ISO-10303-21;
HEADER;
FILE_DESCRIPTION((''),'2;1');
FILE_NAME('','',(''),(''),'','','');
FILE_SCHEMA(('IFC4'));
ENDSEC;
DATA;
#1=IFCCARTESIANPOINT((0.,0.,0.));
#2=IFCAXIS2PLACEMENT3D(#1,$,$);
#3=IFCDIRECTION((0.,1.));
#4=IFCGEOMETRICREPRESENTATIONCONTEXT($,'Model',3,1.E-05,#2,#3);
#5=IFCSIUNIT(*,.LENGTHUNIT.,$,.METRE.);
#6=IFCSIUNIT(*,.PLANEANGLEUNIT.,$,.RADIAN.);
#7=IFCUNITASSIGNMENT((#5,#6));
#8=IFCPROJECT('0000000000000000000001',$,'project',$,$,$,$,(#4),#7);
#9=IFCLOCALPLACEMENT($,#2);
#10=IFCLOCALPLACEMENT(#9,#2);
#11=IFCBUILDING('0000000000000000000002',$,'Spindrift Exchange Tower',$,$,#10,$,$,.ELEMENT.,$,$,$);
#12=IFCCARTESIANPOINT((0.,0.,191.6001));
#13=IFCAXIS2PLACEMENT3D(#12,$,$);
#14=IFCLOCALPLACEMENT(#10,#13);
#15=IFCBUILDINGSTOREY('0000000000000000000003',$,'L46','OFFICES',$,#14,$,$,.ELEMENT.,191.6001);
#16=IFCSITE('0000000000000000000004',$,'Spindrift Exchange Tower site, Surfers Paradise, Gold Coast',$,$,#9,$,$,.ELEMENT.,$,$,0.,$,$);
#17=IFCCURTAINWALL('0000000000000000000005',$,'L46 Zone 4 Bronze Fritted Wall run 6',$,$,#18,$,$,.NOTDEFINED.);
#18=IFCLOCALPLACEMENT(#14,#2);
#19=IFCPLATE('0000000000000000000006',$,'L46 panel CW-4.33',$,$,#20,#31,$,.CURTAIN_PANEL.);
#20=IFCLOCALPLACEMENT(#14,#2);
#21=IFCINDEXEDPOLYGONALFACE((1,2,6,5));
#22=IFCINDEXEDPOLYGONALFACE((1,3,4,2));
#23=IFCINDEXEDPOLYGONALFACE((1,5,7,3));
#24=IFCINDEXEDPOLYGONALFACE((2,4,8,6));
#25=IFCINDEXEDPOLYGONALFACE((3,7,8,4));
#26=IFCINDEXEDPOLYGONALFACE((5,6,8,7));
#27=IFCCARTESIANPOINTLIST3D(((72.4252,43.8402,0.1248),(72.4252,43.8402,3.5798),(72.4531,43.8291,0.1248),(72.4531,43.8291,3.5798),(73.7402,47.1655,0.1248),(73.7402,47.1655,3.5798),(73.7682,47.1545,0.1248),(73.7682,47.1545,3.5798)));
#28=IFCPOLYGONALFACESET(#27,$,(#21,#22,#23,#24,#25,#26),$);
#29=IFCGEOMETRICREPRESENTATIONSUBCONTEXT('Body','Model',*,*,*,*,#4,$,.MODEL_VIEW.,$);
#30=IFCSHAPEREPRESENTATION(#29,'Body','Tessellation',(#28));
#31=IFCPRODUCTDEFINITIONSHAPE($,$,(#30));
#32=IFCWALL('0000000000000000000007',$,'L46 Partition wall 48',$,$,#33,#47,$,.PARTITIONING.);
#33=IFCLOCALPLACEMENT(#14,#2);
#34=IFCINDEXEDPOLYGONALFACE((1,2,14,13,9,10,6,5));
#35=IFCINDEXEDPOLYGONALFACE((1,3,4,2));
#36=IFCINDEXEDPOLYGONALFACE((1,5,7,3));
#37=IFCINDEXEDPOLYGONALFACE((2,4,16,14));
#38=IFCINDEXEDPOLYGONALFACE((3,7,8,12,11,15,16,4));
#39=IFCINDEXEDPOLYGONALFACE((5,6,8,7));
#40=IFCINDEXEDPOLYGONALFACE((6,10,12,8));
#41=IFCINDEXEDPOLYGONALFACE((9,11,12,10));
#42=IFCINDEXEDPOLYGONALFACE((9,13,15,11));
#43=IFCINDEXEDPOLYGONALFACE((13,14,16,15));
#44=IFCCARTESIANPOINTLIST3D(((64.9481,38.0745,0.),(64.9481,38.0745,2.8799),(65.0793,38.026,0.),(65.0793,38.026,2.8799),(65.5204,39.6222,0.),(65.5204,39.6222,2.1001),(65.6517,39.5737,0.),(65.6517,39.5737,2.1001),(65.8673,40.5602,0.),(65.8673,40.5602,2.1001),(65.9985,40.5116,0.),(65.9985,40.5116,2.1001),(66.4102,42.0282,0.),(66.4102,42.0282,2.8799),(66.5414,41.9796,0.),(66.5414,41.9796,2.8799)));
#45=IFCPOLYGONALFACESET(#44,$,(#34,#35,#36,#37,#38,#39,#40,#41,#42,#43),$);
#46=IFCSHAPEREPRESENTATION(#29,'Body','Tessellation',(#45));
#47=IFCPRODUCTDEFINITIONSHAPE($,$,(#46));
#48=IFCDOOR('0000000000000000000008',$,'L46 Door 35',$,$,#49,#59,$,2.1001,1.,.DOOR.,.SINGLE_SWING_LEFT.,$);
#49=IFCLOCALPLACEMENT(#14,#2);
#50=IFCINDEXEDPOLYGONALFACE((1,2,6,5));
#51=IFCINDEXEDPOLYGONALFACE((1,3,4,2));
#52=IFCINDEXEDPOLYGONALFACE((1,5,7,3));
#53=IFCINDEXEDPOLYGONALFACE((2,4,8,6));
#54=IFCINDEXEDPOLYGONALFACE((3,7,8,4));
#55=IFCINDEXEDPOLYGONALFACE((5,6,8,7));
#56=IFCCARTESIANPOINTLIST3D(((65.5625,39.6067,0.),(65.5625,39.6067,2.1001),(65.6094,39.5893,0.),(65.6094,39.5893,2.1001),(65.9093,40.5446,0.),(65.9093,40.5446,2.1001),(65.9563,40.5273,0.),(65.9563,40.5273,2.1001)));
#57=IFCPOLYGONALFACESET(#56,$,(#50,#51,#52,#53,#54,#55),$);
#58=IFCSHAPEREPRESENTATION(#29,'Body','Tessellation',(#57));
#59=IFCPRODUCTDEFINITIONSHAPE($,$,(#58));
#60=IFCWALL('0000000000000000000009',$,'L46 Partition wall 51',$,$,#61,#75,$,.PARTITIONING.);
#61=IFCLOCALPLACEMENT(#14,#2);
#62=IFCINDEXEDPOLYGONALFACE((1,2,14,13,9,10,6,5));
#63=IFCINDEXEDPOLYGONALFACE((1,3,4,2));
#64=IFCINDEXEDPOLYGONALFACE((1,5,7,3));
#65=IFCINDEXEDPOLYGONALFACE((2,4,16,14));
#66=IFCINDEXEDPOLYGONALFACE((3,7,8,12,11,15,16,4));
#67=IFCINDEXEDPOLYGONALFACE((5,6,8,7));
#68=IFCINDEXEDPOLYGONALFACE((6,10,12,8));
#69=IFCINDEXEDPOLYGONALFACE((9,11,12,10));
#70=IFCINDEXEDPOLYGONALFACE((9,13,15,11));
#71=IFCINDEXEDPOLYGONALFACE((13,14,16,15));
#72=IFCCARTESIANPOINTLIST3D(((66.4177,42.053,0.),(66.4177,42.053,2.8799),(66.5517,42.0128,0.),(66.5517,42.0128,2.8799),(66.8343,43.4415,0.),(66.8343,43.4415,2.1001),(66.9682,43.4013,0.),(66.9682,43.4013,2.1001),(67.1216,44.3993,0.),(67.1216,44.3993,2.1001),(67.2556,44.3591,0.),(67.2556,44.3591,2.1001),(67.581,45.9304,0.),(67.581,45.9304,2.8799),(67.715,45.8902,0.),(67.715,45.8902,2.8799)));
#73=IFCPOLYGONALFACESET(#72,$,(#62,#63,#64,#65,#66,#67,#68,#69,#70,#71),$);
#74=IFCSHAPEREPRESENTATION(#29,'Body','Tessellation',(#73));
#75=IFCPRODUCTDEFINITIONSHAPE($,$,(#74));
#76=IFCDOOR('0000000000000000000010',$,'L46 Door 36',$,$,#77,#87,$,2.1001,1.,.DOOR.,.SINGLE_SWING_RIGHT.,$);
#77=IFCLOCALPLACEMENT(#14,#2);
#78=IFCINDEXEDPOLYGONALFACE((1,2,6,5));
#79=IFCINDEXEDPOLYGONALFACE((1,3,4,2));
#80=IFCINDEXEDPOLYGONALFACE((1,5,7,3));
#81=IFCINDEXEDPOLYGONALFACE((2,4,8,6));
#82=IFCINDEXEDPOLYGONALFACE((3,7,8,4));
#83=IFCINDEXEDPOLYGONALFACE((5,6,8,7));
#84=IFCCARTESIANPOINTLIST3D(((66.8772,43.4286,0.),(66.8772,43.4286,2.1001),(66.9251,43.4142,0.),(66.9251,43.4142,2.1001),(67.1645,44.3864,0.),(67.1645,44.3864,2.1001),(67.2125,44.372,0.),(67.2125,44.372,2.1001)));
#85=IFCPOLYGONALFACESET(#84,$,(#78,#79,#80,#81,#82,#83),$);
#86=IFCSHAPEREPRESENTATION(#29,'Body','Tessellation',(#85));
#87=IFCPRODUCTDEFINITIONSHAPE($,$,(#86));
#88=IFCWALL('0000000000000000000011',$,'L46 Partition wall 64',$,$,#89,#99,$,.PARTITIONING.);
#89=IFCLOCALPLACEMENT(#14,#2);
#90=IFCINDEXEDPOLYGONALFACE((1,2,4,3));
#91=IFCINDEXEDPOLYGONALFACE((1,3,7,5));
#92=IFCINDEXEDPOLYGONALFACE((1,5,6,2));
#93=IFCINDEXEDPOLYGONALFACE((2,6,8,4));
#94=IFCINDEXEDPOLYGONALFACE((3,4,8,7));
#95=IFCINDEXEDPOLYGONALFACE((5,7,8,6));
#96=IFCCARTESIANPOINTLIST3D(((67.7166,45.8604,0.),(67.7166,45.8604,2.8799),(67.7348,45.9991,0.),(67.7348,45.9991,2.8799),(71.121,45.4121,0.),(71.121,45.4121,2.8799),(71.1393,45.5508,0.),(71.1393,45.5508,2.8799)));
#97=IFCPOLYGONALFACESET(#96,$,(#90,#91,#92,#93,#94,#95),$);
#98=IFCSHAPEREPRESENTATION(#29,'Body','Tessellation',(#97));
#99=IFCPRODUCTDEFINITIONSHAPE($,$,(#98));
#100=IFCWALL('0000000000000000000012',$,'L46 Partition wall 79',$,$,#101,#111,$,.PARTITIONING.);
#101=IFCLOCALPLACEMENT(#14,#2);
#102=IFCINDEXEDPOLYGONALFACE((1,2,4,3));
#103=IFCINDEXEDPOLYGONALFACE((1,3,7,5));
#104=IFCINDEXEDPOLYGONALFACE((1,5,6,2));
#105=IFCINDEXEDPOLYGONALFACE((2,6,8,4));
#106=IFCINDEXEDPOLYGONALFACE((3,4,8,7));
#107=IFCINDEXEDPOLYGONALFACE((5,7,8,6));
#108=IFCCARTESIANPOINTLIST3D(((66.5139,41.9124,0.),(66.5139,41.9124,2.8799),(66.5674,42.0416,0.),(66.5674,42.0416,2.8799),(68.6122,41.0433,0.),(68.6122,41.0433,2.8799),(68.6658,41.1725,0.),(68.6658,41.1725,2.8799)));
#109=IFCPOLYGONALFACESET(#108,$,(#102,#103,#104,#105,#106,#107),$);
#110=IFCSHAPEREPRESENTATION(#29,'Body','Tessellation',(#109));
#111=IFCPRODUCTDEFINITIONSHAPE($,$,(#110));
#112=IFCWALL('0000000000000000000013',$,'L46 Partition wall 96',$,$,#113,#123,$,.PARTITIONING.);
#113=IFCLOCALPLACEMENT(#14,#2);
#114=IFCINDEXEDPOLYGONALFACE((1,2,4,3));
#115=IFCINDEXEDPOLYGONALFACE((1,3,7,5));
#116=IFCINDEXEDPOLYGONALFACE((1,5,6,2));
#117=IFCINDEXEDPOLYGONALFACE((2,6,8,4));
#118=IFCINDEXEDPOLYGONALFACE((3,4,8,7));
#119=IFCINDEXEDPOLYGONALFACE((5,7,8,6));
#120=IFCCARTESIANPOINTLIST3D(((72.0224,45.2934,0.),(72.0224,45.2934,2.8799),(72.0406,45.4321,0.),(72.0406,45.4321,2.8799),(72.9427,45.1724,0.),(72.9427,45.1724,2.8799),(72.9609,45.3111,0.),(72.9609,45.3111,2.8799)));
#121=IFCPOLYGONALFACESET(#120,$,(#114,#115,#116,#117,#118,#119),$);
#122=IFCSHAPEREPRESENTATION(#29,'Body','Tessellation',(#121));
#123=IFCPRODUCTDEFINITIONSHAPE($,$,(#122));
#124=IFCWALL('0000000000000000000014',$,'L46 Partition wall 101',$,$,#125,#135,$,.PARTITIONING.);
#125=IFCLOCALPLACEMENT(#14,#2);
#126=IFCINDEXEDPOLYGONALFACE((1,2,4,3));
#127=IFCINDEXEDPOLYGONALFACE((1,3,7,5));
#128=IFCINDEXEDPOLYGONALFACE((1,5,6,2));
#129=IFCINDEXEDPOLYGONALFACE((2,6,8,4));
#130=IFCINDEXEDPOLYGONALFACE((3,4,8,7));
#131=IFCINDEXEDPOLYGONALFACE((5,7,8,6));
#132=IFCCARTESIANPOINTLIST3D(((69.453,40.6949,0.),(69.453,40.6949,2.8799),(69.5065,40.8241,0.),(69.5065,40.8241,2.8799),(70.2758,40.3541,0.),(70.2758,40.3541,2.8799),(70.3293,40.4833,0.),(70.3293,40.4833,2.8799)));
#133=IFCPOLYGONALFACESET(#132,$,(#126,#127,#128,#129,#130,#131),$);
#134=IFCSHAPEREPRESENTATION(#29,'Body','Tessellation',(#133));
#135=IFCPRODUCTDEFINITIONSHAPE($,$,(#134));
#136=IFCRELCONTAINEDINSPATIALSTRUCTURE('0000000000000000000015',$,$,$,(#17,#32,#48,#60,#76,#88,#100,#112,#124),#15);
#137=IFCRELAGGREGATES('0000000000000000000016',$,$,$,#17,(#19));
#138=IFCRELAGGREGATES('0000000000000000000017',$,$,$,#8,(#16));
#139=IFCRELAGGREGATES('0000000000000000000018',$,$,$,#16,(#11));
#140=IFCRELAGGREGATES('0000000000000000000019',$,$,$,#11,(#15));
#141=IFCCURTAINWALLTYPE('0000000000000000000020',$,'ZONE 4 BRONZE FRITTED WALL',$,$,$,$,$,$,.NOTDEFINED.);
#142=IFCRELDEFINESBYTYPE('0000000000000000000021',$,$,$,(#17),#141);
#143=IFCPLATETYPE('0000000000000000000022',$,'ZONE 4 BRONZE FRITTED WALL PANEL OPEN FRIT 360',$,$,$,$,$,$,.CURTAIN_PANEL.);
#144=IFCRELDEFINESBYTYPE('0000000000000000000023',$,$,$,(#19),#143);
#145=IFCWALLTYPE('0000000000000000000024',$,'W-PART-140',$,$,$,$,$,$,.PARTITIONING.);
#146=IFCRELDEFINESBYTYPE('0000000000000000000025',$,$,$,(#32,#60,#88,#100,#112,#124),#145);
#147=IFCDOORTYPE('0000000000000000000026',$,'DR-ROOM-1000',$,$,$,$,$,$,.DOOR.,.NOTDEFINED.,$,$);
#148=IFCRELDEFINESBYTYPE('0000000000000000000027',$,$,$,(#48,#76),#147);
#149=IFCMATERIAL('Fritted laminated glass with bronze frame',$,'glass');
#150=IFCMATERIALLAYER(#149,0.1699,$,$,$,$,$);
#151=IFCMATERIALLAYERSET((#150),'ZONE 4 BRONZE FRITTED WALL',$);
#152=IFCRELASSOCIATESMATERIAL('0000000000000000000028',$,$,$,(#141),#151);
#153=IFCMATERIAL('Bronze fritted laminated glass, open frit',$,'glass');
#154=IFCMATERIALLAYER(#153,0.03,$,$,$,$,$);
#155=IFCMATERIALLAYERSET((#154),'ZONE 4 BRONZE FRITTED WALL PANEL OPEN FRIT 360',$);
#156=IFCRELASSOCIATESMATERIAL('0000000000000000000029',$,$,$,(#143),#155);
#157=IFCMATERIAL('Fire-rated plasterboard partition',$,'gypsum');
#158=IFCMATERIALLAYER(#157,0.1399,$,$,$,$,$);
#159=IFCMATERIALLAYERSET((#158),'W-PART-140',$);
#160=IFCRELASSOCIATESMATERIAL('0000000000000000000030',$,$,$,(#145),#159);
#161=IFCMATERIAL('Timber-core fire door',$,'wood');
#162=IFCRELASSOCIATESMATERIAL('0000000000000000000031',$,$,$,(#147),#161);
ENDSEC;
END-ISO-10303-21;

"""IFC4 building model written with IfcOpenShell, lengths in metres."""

from ifc_helpers import new_model, si_unit, direction, frame, frame_2d, origin, origin_2d, place, context, subcontext, project, spatial, rectangle, extrude, source, transform, mapped, material, layer, layer_set, type_object, element, fill, aggregate, save


model = new_model("IFC4")

# Units and contexts
model_context = context("Model", 3, precision=1e-05, world=origin(), true_north=direction((0.0, 1.0)))
body_context = subcontext(model_context, "Body", "Model", "MODEL_VIEW")
ifc_project = project(units=[si_unit("LENGTHUNIT", "METRE"), si_unit("PLANEANGLEUNIT", "RADIAN")], contexts=[model_context])

# Site, building, storey
site_placement = place(None, origin())
site = spatial("IfcSite", under=ifc_project, at=site_placement, Name="Spindrift Exchange Tower site, Surfers Paradise, Gold Coast", CompositionType="ELEMENT", RefElevation=0.0)
building_placement = place(site_placement, origin())
building = spatial("IfcBuilding", under=site, at=building_placement, Name="Spindrift Exchange Tower", CompositionType="ELEMENT")
storey_placement = place(building_placement, frame((0.0, 0.0, 191.6001)))
storey = spatial("IfcBuildingStorey", under=building, at=storey_placement, Name="L46", Description="OFFICES", CompositionType="ELEMENT", Elevation=191.6001)

# Curtain wall, plate
ifc_material_1 = material(Name="Fritted laminated glass with bronze frame", Category="glass")
ifc_layer_1 = layer(ifc_material_1, 0.1699)
ifc_layer_set_1 = layer_set([ifc_layer_1], Name="ZONE 4 BRONZE FRITTED WALL")
curtain_wall_type = type_object("IfcCurtainWallType", Name="ZONE 4 BRONZE FRITTED WALL", PredefinedType="NOTDEFINED", material=ifc_layer_set_1)
curtain_wall_placement = place(storey_placement, origin())
curtain_wall = element("IfcCurtainWall", 1, at=curtain_wall_placement, inside=storey, type_object=curtain_wall_type, Name="L46 Zone 4 Bronze Fritted Wall run 6", PredefinedType="NOTDEFINED")
ifc_material_2 = material(Name="Bronze fritted laminated glass, open frit", Category="glass")
ifc_layer_2 = layer(ifc_material_2, 0.03)
ifc_layer_set_2 = layer_set([ifc_layer_2], Name="ZONE 4 BRONZE FRITTED WALL PANEL OPEN FRIT 360")
plate_type_1 = type_object("IfcPlateType", Name="ZONE 4 BRONZE FRITTED WALL PANEL OPEN FRIT 360", PredefinedType="CURTAIN_PANEL", material=ifc_layer_set_2)
shared_shape_1 = source(origin(), body_context, "Body", "SweptSolid", [
    extrude(rectangle(XDim=3.5759, YDim=0.03, at=origin_2d()), origin(), (0.0, 0.0, 1.0), 3.4551),
])
plate_1_placement = place(storey_placement, frame((73.0967, 45.4973, 0.1248), z_axis=(0.0, 0.0, 1.0), x_axis=(0.367751, 0.929924, 0.0)))
plate_1 = element("IfcPlate", 2, at=plate_1_placement, type_object=plate_type_1, Name="L46 panel CW-4.33", PredefinedType="CURTAIN_PANEL", context=body_context, shape_type="MappedRepresentation", body=[
    mapped(shared_shape_1, transform((0.0, 0.0, 0.0), scale=1.0)),
])
aggregate(curtain_wall, [plate_1])

# Walls, openings, doors
ifc_material_3 = material(Name="Fire-rated plasterboard partition", Category="gypsum")
ifc_layer_3 = layer(ifc_material_3, 0.1399)
ifc_layer_set_3 = layer_set([ifc_layer_3], Name="W-PART-140")
wall_type = type_object("IfcWallType", Name="W-PART-140", PredefinedType="PARTITIONING", material=ifc_layer_set_3)
wall_1_placement = place(storey_placement, frame((66.4758, 42.0039, 0.0), z_axis=(0.0, 0.0, 1.0), x_axis=(-0.346867, -0.937914, 0.0)))
wall_1 = element("IfcWall", 3, at=wall_1_placement, inside=storey, type_object=wall_type, Name="L46 Partition wall 48", PredefinedType="PARTITIONING", context=body_context, shape_type="SweptSolid", body=[
    extrude(rectangle(XDim=4.2153, YDim=0.1399, at=frame_2d((2.1077, 0.0))), origin(), (0.0, 0.0, 1.0), 2.8799),
])
opening_1_placement = place(wall_1_placement, frame((1.5652, 0.0, 0.0)))
opening_1 = element("IfcOpeningElement", 4, at=opening_1_placement, cuts=wall_1, PredefinedType="OPENING", context=body_context, shape_type="SweptSolid", body=[
    extrude(rectangle(XDim=1.0, YDim=2.1001, at=frame_2d((0.5, 1.05))), frame((0.0, 0.0798, 0.0), z_axis=(0.0, -1.0, 0.0), x_axis=(1.0, 0.0, 0.0)), (0.0, 0.0, 1.0), 0.1599),
])
ifc_material_4 = material(Name="Timber-core fire door", Category="wood")
door_type = type_object("IfcDoorType", Name="DR-ROOM-1000", OperationType="NOTDEFINED", PredefinedType="DOOR", material=ifc_material_4)
shared_shape_2 = source(origin(), body_context, "Body", "SweptSolid", [
    extrude(rectangle(XDim=1.0, YDim=2.1001, at=frame_2d((0.5, 1.05))), frame((0.0, 0.0249, 0.0), z_axis=(0.0, -1.0, 0.0), x_axis=(1.0, 0.0, 0.0)), (0.0, 0.0, 1.0), 0.05),
])
door_1_placement = place(opening_1_placement, origin())
door_1 = element("IfcDoor", 5, at=door_1_placement, inside=storey, type_object=door_type, Name="L46 Door 35", OperationType="SINGLE_SWING_LEFT", OverallHeight=2.1001, OverallWidth=1.0, PredefinedType="DOOR", context=body_context, shape_type="MappedRepresentation", body=[
    mapped(shared_shape_2, transform((0.0, 0.0, 0.0), scale=1.0)),
])
fill(opening_1, door_1)
wall_2_placement = place(storey_placement, frame((67.6479, 45.9102, 0.0), z_axis=(0.0, 0.0, 1.0), x_axis=(-0.28737, -0.95782, 0.0)))
wall_2 = element("IfcWall", 6, at=wall_2_placement, inside=storey, type_object=wall_type, Name="L46 Partition wall 51", PredefinedType="PARTITIONING", context=body_context, shape_type="SweptSolid", body=[
    extrude(rectangle(XDim=4.0481, YDim=0.1399, at=frame_2d((2.0239, 0.0))), origin(), (0.0, 0.0, 1.0), 2.8799),
])
opening_2_placement = place(wall_2_placement, frame((1.5984, 0.0, 0.0)))
opening_2 = element("IfcOpeningElement", 7, at=opening_2_placement, cuts=wall_2, PredefinedType="OPENING", context=body_context, shape_type="SweptSolid", body=[
    extrude(rectangle(XDim=1.0, YDim=2.1001, at=frame_2d((0.5, 1.05))), frame((0.0, 0.0798, 0.0), z_axis=(0.0, -1.0, 0.0), x_axis=(1.0, 0.0, 0.0)), (0.0, 0.0, 1.0), 0.1599),
])
door_2_placement = place(opening_2_placement, origin())
door_2 = element("IfcDoor", 8, at=door_2_placement, inside=storey, type_object=door_type, Name="L46 Door 36", OperationType="SINGLE_SWING_RIGHT", OverallHeight=2.1001, OverallWidth=1.0, PredefinedType="DOOR", context=body_context, shape_type="MappedRepresentation", body=[
    mapped(shared_shape_2, transform((0.0, 0.0, 0.0), scale=1.0)),
])
fill(opening_2, door_2)

# Walls
wall_3_placement = place(storey_placement, frame((67.7258, 45.9297, 0.0), z_axis=(0.0, 0.0, 1.0), x_axis=(0.991444, -0.130534, 0.0)))
element("IfcWall", 9, at=wall_3_placement, inside=storey, type_object=wall_type, Name="L46 Partition wall 64", PredefinedType="PARTITIONING", context=body_context, shape_type="SweptSolid", body=[
    extrude(rectangle(XDim=3.4338, YDim=0.1399, at=frame_2d((1.7168, 0.0))), origin(), (0.0, 0.0, 1.0), 2.8799),
])
wall_4_placement = place(storey_placement, frame((66.5405, 41.9771, 0.0), z_axis=(0.0, 0.0, 1.0), x_axis=(0.923886, -0.382668, 0.0)))
element("IfcWall", 10, at=wall_4_placement, inside=storey, type_object=wall_type, Name="L46 Partition wall 79", PredefinedType="PARTITIONING", context=body_context, shape_type="SweptSolid", body=[
    extrude(rectangle(XDim=2.2712, YDim=0.1399, at=frame_2d((1.1357, 0.0))), origin(), (0.0, 0.0, 1.0), 2.8799),
])
wall_5_placement = place(storey_placement, frame((72.0315, 45.3628, 0.0), z_axis=(0.0, 0.0, 1.0), x_axis=(0.991456, -0.130441, 0.0)))
element("IfcWall", 11, at=wall_5_placement, inside=storey, type_object=wall_type, Name="L46 Partition wall 96", PredefinedType="PARTITIONING", context=body_context, shape_type="SweptSolid", body=[
    extrude(rectangle(XDim=0.9282, YDim=0.1399, at=frame_2d((0.4641, 0.0))), origin(), (0.0, 0.0, 1.0), 2.8799),
])
wall_6_placement = place(storey_placement, frame((69.4797, 40.7595, 0.0), z_axis=(0.0, 0.0, 1.0), x_axis=(0.92387, -0.382707, 0.0)))
element("IfcWall", 12, at=wall_6_placement, inside=storey, type_object=wall_type, Name="L46 Partition wall 101", PredefinedType="PARTITIONING", context=body_context, shape_type="SweptSolid", body=[
    extrude(rectangle(XDim=0.8906, YDim=0.1399, at=frame_2d((0.4453, 0.0))), origin(), (0.0, 0.0, 1.0), 2.8799),
])

save(model, "model.ifc")
